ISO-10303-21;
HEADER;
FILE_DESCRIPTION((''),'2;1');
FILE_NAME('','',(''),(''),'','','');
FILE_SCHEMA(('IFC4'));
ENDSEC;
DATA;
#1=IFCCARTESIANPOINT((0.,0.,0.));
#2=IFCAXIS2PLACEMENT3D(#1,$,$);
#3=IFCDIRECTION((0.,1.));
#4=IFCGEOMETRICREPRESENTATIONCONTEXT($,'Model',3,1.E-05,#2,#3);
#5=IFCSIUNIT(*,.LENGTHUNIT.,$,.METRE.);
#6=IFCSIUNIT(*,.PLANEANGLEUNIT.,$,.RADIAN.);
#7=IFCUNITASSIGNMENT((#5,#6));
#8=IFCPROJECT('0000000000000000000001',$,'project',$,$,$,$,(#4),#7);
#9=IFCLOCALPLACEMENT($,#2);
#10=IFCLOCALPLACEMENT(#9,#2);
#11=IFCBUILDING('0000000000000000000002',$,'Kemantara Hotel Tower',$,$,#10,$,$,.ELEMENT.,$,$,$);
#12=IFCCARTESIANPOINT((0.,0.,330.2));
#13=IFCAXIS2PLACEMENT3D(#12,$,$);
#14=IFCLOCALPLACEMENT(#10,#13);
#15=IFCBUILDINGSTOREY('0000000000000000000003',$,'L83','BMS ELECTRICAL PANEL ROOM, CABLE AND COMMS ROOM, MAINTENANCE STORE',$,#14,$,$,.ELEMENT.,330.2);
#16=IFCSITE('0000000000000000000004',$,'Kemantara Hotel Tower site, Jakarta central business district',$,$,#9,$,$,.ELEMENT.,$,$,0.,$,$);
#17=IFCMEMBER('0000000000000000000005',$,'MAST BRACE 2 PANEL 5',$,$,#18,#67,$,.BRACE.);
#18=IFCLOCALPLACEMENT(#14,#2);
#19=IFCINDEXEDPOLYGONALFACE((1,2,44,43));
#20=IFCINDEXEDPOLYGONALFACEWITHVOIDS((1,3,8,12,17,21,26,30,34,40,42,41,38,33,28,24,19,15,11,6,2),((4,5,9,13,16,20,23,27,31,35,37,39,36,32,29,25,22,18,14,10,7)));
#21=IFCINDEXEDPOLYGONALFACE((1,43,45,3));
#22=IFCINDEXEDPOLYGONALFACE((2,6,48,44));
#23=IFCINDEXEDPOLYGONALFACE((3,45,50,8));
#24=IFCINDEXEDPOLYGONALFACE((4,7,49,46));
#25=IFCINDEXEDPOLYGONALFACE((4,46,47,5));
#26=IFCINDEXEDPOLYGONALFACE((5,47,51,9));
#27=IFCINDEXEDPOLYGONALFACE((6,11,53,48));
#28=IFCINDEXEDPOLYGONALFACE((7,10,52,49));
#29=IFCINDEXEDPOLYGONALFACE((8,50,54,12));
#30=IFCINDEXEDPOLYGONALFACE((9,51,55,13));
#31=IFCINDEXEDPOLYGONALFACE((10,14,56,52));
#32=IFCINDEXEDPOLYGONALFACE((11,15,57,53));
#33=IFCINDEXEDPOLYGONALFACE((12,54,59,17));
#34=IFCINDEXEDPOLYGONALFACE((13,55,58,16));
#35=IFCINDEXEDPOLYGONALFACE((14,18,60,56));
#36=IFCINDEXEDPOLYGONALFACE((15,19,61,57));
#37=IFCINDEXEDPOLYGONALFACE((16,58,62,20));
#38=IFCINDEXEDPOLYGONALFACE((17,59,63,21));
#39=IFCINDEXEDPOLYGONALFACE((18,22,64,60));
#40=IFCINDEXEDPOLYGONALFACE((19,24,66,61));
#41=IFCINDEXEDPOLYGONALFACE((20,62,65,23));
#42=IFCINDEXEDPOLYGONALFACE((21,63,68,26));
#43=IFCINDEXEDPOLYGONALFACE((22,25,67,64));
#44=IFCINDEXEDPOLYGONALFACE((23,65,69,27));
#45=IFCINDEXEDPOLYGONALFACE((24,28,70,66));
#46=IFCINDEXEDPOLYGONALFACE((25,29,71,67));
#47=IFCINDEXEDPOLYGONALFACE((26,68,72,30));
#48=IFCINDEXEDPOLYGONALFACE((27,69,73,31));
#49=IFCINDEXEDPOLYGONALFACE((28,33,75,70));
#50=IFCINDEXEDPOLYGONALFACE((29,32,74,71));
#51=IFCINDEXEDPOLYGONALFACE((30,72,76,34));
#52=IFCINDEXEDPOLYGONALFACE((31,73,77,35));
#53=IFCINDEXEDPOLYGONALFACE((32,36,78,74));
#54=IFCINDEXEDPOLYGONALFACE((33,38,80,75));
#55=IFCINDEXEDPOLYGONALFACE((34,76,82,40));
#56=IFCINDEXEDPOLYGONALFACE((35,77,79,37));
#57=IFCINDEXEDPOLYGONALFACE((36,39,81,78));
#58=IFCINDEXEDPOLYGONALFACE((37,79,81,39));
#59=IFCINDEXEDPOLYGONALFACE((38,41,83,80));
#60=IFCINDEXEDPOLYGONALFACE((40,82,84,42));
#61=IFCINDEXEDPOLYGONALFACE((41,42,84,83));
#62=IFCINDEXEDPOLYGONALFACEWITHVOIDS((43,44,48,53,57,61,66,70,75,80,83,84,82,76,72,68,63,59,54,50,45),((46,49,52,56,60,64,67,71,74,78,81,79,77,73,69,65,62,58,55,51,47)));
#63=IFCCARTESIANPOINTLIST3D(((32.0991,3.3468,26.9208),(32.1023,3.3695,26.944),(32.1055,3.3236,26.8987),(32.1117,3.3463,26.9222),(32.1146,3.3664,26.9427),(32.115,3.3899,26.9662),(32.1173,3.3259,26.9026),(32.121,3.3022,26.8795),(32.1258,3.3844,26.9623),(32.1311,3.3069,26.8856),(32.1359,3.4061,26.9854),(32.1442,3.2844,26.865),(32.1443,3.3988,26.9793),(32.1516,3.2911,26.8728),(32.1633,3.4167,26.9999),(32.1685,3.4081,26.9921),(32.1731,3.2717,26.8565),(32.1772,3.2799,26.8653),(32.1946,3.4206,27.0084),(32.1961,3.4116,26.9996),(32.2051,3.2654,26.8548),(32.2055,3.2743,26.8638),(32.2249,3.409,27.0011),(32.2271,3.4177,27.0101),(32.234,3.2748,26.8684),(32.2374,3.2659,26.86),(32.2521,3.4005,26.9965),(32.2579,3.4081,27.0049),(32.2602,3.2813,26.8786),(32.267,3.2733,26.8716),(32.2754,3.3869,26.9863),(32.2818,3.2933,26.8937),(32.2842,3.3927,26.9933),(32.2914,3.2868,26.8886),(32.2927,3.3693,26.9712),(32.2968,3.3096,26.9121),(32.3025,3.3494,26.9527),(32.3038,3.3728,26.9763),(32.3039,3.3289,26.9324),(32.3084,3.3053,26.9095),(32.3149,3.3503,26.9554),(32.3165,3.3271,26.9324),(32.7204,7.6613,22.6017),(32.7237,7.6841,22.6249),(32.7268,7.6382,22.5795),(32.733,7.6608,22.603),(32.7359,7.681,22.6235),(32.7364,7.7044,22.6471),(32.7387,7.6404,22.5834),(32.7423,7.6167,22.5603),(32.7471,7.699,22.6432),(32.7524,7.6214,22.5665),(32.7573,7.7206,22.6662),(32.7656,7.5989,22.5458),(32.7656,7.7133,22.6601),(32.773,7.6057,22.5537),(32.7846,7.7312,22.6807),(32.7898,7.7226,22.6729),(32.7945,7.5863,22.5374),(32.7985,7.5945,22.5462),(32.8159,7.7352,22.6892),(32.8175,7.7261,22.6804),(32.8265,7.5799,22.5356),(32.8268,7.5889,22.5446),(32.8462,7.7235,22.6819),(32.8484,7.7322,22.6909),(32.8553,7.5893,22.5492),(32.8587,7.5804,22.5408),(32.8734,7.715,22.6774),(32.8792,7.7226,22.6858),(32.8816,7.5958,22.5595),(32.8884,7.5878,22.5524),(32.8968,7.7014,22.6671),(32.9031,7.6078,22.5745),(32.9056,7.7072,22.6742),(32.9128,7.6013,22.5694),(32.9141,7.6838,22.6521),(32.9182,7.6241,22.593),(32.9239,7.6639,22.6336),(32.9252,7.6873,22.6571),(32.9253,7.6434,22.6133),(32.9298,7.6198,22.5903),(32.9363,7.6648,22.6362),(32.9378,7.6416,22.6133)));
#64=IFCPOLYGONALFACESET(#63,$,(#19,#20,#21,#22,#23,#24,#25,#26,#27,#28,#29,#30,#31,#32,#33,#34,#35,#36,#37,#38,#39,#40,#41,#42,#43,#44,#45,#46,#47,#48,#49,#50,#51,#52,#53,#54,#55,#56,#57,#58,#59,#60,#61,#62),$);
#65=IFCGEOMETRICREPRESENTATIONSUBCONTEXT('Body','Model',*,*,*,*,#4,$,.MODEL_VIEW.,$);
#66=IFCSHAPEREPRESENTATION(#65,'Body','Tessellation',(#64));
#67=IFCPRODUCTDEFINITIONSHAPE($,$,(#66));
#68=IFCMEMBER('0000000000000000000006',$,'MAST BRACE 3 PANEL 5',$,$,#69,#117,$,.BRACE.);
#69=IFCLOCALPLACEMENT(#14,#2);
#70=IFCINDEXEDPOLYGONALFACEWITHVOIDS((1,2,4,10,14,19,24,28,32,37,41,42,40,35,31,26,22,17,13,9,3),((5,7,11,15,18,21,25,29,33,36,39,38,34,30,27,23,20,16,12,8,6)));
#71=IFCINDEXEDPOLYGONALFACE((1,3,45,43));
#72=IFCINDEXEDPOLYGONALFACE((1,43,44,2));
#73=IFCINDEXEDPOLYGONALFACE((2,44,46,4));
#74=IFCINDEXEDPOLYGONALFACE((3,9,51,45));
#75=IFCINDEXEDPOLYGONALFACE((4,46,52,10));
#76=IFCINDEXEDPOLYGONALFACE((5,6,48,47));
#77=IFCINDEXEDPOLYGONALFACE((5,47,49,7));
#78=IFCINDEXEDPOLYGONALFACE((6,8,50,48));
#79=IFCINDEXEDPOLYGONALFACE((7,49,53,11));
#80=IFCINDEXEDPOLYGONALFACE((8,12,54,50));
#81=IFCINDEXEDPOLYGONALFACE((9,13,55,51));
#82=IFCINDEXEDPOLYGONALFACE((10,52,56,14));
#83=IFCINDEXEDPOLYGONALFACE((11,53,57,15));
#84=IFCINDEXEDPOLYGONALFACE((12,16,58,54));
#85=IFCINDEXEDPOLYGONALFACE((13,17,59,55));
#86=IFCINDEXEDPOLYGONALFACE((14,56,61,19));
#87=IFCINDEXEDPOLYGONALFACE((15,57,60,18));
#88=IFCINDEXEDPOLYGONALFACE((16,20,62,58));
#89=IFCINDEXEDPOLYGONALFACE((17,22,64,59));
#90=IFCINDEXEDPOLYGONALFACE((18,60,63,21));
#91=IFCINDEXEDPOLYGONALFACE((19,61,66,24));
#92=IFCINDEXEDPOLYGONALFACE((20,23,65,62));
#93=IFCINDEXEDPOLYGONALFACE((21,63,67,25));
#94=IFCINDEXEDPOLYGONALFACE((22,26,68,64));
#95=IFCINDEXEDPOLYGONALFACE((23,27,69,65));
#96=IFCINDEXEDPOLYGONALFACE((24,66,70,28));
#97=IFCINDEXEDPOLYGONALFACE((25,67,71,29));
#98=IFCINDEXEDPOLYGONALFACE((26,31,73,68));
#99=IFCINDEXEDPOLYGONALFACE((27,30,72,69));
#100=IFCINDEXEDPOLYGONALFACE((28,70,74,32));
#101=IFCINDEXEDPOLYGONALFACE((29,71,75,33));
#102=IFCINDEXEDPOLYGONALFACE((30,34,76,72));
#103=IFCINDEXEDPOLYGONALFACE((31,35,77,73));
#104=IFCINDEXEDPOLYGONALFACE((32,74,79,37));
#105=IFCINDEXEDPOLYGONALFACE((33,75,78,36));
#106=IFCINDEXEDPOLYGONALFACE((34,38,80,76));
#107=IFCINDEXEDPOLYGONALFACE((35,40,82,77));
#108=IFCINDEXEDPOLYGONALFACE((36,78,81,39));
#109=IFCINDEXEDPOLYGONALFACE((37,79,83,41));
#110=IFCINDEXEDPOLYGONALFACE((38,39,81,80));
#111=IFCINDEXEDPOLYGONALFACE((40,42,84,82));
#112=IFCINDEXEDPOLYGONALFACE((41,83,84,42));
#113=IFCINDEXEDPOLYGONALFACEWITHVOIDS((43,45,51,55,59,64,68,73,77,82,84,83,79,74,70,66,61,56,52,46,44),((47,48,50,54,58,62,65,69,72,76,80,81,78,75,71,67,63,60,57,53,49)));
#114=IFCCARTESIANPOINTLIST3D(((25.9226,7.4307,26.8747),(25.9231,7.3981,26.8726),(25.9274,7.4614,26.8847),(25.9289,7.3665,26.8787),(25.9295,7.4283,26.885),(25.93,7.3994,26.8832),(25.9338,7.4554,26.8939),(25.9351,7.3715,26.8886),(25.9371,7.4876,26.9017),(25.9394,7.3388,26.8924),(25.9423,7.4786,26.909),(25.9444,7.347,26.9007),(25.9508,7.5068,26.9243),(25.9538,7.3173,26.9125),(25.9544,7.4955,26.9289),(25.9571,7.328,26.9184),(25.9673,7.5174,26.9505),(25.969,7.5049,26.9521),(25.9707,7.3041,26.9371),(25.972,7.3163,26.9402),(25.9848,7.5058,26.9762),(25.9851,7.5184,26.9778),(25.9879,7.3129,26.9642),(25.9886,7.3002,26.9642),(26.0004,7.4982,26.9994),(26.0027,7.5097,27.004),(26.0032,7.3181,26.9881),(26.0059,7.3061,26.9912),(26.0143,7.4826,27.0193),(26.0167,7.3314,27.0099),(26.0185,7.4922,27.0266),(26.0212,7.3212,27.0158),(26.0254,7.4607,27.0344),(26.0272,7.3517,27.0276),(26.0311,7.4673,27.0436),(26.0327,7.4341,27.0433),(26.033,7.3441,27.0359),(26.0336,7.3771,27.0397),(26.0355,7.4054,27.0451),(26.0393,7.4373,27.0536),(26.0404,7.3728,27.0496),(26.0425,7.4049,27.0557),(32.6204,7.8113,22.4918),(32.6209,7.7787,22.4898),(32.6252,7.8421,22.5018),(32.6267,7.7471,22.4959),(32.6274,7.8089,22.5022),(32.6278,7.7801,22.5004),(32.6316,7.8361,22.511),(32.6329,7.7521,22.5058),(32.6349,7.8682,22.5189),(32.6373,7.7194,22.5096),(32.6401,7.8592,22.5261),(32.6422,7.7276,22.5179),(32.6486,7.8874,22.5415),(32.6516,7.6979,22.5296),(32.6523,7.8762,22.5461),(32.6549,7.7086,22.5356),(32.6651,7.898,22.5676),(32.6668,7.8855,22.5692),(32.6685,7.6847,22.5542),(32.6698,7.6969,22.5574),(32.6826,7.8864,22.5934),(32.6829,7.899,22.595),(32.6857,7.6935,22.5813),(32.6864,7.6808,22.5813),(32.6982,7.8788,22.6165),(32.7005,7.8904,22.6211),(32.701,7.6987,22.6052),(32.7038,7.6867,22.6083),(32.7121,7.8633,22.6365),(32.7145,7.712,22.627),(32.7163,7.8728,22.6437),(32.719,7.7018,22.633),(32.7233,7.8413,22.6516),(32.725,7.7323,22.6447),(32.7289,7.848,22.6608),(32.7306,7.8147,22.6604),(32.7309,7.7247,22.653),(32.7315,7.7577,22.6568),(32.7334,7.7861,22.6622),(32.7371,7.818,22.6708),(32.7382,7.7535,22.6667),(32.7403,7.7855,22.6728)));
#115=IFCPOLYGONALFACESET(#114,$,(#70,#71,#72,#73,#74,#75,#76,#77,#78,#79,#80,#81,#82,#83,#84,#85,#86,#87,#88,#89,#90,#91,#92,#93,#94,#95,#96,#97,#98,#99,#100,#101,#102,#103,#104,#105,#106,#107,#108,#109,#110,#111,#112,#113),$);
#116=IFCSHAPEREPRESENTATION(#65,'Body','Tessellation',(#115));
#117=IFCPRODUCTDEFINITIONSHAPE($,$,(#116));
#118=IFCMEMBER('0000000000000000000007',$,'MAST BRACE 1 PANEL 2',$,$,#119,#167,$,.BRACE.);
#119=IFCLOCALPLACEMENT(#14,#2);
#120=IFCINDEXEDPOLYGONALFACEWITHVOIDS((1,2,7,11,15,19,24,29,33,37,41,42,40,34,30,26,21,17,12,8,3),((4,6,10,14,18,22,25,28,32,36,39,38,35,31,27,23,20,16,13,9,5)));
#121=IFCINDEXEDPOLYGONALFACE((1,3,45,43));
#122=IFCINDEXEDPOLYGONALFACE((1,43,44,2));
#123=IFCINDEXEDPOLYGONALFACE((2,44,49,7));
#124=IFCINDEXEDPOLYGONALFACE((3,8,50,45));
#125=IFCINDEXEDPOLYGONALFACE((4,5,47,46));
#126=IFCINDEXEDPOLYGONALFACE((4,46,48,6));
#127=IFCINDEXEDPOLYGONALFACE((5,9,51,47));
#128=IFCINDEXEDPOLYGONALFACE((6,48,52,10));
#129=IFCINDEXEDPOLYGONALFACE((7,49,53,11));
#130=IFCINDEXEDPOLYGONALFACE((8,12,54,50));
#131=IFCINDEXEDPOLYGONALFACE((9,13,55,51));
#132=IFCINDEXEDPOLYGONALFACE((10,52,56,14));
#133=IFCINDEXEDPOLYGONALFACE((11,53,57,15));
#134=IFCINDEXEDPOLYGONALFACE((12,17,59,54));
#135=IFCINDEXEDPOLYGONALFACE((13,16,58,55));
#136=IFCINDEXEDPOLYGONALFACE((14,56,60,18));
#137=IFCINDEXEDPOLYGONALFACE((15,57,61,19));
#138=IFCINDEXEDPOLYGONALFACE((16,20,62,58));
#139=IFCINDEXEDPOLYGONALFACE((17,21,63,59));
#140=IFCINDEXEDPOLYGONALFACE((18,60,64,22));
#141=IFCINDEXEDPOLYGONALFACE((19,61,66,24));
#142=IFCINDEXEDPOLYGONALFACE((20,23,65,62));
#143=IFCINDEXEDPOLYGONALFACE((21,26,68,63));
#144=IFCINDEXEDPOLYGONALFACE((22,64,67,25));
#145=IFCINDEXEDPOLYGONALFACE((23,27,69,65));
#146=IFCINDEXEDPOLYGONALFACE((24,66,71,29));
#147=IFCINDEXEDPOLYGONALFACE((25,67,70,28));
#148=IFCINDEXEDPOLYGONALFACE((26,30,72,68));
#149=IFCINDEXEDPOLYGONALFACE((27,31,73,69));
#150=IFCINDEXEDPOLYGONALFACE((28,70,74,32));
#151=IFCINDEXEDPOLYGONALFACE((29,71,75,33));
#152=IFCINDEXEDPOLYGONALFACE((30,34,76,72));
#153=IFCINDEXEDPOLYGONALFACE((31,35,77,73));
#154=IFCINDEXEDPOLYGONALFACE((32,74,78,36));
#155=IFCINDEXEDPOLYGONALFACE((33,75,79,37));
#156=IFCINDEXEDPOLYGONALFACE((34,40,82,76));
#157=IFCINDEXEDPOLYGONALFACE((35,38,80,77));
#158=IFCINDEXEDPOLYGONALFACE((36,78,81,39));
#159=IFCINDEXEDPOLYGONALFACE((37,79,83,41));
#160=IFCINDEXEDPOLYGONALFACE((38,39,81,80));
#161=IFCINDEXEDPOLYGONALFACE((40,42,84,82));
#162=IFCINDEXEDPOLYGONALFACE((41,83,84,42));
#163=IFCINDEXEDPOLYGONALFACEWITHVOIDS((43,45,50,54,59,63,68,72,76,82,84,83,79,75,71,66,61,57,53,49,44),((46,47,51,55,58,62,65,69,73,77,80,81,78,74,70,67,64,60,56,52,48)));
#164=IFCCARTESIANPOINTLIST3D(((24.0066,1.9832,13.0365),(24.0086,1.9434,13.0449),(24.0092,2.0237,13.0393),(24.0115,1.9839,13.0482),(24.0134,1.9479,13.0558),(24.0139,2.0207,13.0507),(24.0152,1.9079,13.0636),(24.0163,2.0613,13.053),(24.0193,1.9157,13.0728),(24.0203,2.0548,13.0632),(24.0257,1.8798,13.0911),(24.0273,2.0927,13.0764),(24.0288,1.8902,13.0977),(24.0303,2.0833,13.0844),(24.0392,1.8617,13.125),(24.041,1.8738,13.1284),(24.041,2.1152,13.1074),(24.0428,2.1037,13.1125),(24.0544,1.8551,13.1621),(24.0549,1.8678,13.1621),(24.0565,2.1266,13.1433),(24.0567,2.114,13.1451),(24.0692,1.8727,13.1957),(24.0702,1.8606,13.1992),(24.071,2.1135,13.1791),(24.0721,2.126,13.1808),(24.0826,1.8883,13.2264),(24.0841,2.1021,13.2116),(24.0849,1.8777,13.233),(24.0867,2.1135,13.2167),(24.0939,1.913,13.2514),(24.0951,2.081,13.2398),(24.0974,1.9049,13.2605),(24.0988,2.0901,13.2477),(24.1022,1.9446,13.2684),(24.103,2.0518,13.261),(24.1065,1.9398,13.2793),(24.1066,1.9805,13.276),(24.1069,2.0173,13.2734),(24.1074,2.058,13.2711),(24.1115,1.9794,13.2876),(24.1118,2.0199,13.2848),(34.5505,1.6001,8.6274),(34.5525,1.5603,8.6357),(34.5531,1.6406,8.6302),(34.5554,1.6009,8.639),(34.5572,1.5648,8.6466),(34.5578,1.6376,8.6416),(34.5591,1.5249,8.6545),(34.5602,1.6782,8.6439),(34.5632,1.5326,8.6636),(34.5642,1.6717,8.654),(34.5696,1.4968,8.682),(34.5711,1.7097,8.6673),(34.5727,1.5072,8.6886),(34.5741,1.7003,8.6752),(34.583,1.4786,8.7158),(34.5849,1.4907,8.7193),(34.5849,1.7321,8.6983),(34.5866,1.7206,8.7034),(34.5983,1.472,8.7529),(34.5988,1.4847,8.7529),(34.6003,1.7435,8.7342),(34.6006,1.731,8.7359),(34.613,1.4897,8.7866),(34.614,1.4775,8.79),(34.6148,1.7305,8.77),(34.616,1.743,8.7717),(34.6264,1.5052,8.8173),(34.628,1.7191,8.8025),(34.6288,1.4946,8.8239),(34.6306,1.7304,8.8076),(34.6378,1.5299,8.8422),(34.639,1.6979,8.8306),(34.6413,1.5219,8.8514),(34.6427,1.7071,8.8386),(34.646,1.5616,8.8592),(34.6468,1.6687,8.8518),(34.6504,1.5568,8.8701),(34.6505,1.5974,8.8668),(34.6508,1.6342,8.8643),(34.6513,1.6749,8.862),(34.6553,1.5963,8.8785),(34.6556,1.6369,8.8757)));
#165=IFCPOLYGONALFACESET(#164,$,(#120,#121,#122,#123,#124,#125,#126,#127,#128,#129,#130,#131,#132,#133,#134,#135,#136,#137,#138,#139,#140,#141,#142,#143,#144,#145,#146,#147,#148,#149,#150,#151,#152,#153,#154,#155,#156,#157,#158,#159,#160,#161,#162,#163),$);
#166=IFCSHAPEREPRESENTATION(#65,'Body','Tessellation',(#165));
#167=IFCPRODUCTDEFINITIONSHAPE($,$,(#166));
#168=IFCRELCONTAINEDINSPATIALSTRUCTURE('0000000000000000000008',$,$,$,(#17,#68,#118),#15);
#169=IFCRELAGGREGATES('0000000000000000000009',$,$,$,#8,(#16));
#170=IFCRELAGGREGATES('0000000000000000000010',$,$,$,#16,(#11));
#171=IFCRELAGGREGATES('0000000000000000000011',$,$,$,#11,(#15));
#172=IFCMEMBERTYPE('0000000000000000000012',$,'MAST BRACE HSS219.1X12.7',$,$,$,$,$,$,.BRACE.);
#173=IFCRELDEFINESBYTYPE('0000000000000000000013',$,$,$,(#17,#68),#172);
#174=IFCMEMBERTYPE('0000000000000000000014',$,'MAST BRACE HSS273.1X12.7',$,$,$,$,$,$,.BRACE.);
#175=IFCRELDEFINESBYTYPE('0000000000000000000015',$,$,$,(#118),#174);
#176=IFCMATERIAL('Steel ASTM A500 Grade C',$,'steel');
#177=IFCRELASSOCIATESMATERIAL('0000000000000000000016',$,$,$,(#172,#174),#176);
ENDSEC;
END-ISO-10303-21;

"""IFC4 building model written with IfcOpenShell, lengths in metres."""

from ifc_helpers import new_model, si_unit, direction, frame, origin, origin_2d, place, context, subcontext, project, spatial, hollow_circle, extrude, material, material_profile, profile_set, type_object, element, save


model = new_model("IFC4")

# Units and contexts
model_context = context("Model", 3, precision=1e-05, world=origin(), true_north=direction((0.0, 1.0)))
body_context = subcontext(model_context, "Body", "Model", "MODEL_VIEW")
ifc_project = project(units=[si_unit("LENGTHUNIT", "METRE"), si_unit("PLANEANGLEUNIT", "RADIAN")], contexts=[model_context])

# Site, building, storey
site_placement = place(None, origin())
site = spatial("IfcSite", under=ifc_project, at=site_placement, Name="Kemantara Hotel Tower site, Jakarta central business district", CompositionType="ELEMENT", RefElevation=0.0)
building_placement = place(site_placement, origin())
building = spatial("IfcBuilding", under=site, at=building_placement, Name="Kemantara Hotel Tower", CompositionType="ELEMENT")
storey_placement = place(building_placement, frame((0.0, 0.0, 330.2)))
storey = spatial("IfcBuildingStorey", under=building, at=storey_placement, Name="L83", Description="BMS ELECTRICAL PANEL ROOM, CABLE AND COMMS ROOM, MAINTENANCE STORE", CompositionType="ELEMENT", Elevation=330.2)

# Members
ifc_material_1 = material(Name="Steel ASTM A500 Grade C", Category="steel")
ifc_material_profile_1 = material_profile(ifc_material_1, hollow_circle(Radius=0.1096, WallThickness=0.0127, at=origin_2d()), Name="HSS219.1X12.7")
ifc_profile_set_1 = profile_set([ifc_material_profile_1], Name="Steel ASTM A500 Grade C")
member_type_1 = type_object("IfcMemberType", Name="MAST BRACE HSS219.1X12.7", PredefinedType="BRACE", material=ifc_profile_set_1)
member_1_placement = place(storey_placement, frame((32.8293, 7.6572, 22.6133), z_axis=(-0.101255, -0.703095, 0.70385), x_axis=(0.989789, -0.142543, 0.0)))
element("IfcMember", 1, at=member_1_placement, inside=storey, type_object=member_type_1, Name="MAST BRACE 2 PANEL 5", PredefinedType="BRACE", context=body_context, shape_type="SweptSolid", body=[
    extrude(hollow_circle(Radius=0.1096, WallThickness=0.0127, at=origin_2d()), origin(), (0.0, 0.0, 1.0), 6.1365),
])
member_2_placement = place(storey_placement, frame((32.6802, 7.7903, 22.5813), z_axis=(-0.835824, -0.047498, 0.546939), x_axis=(0.056736, -0.998389, 0.0)))
element("IfcMember", 2, at=member_2_placement, inside=storey, type_object=member_type_1, Name="MAST BRACE 3 PANEL 5", PredefinedType="BRACE", context=body_context, shape_type="SweptSolid", body=[
    extrude(hollow_circle(Radius=0.1096, WallThickness=0.0127, at=origin_2d()), origin(), (0.0, 0.0, 1.0), 8.0134),
])
ifc_material_profile_2 = material_profile(ifc_material_1, hollow_circle(Radius=0.1365, WallThickness=0.0127, at=origin_2d()), Name="HSS273.1X12.7")
ifc_profile_set_2 = profile_set([ifc_material_profile_2], Name="Steel ASTM A500 Grade C")
member_type_2 = type_object("IfcMemberType", Name="MAST BRACE HSS273.1X12.7", PredefinedType="BRACE", material=ifc_profile_set_2)
member_3_placement = place(storey_placement, frame((34.6033, 1.6084, 8.7529), z_axis=(-0.922065, 0.033498, 0.385582), x_axis=(-0.036306, -0.999341, 0.0)))
element("IfcMember", 3, at=member_3_placement, inside=storey, type_object=member_type_2, Name="MAST BRACE 1 PANEL 2", PredefinedType="BRACE", context=body_context, shape_type="SweptSolid", body=[
    extrude(hollow_circle(Radius=0.1365, WallThickness=0.0127, at=origin_2d()), origin(), (0.0, 0.0, 1.0), 11.4351),
])

save(model, "model.ifc")
